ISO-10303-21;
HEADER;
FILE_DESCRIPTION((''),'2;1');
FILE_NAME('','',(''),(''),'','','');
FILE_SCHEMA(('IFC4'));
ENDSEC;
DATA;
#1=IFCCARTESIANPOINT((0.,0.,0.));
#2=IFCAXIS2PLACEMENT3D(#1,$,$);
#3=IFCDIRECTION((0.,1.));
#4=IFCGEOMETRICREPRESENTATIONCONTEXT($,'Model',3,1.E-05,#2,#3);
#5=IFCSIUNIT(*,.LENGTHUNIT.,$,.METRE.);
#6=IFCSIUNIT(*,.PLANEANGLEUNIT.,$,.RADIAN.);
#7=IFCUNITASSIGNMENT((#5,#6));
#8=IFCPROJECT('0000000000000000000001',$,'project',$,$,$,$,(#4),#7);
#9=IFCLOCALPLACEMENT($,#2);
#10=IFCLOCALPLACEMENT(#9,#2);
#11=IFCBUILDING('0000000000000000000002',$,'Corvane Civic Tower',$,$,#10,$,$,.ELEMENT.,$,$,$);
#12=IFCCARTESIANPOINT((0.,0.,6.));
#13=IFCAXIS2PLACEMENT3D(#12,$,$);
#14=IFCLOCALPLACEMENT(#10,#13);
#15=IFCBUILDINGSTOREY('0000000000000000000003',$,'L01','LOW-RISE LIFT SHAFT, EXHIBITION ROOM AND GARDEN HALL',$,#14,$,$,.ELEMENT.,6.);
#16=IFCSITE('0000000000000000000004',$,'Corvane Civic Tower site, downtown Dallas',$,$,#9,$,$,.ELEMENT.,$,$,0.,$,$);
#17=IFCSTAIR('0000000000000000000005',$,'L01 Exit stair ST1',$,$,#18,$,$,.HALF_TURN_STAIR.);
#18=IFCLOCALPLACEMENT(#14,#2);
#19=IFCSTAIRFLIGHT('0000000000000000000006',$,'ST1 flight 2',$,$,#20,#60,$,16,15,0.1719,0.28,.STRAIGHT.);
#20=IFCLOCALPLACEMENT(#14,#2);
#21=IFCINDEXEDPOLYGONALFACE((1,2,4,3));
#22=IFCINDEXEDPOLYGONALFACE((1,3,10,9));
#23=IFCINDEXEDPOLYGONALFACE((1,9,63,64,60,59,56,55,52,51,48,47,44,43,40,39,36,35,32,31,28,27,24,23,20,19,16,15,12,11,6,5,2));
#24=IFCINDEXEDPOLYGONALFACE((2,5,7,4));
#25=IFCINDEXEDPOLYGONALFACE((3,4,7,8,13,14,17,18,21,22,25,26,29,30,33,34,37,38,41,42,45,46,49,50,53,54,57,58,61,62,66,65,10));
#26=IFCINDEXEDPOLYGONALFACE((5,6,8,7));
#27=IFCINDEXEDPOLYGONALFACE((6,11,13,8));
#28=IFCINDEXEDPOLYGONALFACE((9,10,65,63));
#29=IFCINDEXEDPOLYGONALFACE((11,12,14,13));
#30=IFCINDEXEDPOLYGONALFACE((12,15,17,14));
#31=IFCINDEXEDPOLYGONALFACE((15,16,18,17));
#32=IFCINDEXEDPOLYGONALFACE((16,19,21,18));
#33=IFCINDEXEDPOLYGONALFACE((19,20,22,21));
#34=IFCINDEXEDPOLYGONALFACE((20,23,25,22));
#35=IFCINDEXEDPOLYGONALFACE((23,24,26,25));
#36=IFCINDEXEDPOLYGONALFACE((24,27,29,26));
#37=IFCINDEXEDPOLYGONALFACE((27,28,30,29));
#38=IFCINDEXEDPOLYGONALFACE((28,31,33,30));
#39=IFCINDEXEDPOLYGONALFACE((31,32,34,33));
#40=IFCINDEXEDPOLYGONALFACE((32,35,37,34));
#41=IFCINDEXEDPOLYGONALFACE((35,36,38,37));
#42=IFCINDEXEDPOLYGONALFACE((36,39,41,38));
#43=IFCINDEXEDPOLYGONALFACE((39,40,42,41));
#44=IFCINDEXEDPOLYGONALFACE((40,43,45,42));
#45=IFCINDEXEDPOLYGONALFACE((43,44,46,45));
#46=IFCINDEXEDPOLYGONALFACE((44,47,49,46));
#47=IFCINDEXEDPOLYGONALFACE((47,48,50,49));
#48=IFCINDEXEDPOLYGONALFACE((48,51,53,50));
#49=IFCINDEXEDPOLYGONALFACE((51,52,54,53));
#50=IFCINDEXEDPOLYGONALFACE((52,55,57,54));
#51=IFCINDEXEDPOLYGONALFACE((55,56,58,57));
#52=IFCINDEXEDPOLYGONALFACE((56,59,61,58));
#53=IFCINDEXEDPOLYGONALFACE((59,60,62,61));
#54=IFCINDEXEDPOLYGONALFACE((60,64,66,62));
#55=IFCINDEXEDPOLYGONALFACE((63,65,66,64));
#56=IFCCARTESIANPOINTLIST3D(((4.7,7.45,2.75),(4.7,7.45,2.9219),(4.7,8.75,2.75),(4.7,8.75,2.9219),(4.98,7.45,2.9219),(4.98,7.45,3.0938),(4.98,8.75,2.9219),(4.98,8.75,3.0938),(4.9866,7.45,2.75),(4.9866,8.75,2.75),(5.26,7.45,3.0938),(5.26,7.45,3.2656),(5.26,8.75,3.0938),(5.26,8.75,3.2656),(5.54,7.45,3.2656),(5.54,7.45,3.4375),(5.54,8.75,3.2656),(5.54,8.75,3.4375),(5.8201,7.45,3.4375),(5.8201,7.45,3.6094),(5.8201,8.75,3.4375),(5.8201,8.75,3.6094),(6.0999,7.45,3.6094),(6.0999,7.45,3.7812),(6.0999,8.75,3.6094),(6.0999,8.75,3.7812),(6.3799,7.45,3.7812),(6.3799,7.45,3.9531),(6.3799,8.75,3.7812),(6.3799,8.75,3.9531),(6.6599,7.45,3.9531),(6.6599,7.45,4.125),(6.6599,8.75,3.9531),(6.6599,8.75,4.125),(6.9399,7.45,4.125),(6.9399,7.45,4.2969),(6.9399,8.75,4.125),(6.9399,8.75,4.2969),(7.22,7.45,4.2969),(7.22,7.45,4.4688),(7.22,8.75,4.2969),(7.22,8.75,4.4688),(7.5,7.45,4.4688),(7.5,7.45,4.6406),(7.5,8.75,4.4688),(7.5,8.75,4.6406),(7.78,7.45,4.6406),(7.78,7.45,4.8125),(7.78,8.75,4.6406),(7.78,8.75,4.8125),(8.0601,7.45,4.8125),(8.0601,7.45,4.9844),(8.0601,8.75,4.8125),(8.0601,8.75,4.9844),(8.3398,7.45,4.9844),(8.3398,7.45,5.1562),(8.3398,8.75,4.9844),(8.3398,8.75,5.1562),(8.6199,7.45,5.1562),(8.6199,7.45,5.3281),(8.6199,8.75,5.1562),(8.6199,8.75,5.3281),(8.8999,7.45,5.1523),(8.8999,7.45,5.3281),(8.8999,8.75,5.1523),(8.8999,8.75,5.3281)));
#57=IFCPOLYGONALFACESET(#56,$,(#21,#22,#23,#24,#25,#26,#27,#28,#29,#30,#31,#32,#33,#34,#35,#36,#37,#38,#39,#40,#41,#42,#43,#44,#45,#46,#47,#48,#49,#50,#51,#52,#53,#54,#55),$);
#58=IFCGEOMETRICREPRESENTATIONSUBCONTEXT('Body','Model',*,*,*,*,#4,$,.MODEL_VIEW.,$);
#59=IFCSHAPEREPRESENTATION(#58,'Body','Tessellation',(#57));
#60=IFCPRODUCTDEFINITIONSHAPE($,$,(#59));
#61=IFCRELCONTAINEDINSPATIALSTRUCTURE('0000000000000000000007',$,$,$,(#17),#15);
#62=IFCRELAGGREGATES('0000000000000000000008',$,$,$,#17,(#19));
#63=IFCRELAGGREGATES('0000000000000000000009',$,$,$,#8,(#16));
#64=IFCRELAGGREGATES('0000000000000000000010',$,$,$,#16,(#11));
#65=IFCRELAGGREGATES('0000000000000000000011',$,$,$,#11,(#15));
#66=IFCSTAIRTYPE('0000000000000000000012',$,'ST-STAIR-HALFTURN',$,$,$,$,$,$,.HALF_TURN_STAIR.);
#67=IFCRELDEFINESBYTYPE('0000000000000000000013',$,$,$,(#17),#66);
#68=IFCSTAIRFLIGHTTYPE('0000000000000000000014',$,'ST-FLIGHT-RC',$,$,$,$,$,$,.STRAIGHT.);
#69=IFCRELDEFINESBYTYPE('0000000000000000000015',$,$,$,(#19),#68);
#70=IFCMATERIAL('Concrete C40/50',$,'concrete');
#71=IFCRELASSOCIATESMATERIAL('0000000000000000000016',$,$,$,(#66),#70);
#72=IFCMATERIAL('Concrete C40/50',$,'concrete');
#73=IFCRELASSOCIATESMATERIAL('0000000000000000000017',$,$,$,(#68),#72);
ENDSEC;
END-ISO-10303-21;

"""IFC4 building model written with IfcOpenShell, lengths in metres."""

from ifc_helpers import new_model, si_unit, direction, frame, origin, place, context, subcontext, project, spatial, polyline, outline, extrude, material, type_object, element, aggregate, save


model = new_model("IFC4")

# Units and contexts
model_context = context("Model", 3, precision=1e-05, world=origin(), true_north=direction((0.0, 1.0)))
body_context = subcontext(model_context, "Body", "Model", "MODEL_VIEW")
ifc_project = project(units=[si_unit("LENGTHUNIT", "METRE"), si_unit("PLANEANGLEUNIT", "RADIAN")], contexts=[model_context])

# Site, building, storey
site_placement = place(None, origin())
site = spatial("IfcSite", under=ifc_project, at=site_placement, Name="Corvane Civic Tower site, downtown Dallas", CompositionType="ELEMENT", RefElevation=0.0)
building_placement = place(site_placement, origin())
building = spatial("IfcBuilding", under=site, at=building_placement, Name="Corvane Civic Tower", CompositionType="ELEMENT")
storey_placement = place(building_placement, frame((0.0, 0.0, 6.0)))
storey = spatial("IfcBuildingStorey", under=building, at=storey_placement, Name="L01", Description="LOW-RISE LIFT SHAFT, EXHIBITION ROOM AND GARDEN HALL", CompositionType="ELEMENT", Elevation=6.0)

# Stair, stair flight
ifc_material_1 = material(Name="Concrete C40/50", Category="concrete")
stair_type = type_object("IfcStairType", Name="ST-STAIR-HALFTURN", PredefinedType="HALF_TURN_STAIR", material=ifc_material_1)
stair_placement = place(storey_placement, origin())
stair = element("IfcStair", 1, at=stair_placement, inside=storey, type_object=stair_type, Name="L01 Exit stair ST1", PredefinedType="HALF_TURN_STAIR")
ifc_material_2 = material(Name="Concrete C40/50", Category="concrete")
stair_flight_type = type_object("IfcStairFlightType", Name="ST-FLIGHT-RC", PredefinedType="STRAIGHT", material=ifc_material_2)
stair_flight_1_placement = place(storey_placement, frame((4.7, 8.1001, 2.75), z_axis=(0.0, 0.0, 1.0), x_axis=(1.0, 0.0, 0.0)))
stair_flight_1 = element("IfcStairFlight", 2, at=stair_flight_1_placement, type_object=stair_flight_type, Name="ST1 flight 2", NumberOfRisers=16, NumberOfTreads=15, PredefinedType="STRAIGHT", RiserHeight=0.1719, TreadLength=0.28, context=body_context, shape_type="SweptSolid", body=[
    extrude(outline(polyline([(0.0, 0.0), (0.0, 0.1719), (0.28, 0.1719), (0.28, 0.3438), (0.5601, 0.3438), (0.5601, 0.5156), (0.8401, 0.5156), (0.8401, 0.6875), (1.1201, 0.6875), (1.1201, 0.8594), (1.3999, 0.8594), (1.3999, 1.0312), (1.6799, 1.0312), (1.6799, 1.2031), (1.96, 1.2031), (1.96, 1.375), (2.24, 1.375), (2.24, 1.5469), (2.52, 1.5469), (2.52, 1.7188), (2.8, 1.7188), (2.8, 1.8906), (3.0801, 1.8906), (3.0801, 2.0625), (3.3601, 2.0625), (3.3601, 2.2344), (3.6399, 2.2344), (3.6399, 2.4062), (3.9199, 2.4062), (3.9199, 2.5781), (4.2, 2.5781), (4.2, 2.75), (4.2, 2.4023), (0.2866, 0.0), (0.0, 0.0)])), frame((0.0, 0.6499, 0.0), z_axis=(0.0, -1.0, 0.0), x_axis=(1.0, 0.0, 0.0)), (0.0, 0.0, 1.0), 1.3),
])
aggregate(stair, [stair_flight_1])

save(model, "model.ifc")
